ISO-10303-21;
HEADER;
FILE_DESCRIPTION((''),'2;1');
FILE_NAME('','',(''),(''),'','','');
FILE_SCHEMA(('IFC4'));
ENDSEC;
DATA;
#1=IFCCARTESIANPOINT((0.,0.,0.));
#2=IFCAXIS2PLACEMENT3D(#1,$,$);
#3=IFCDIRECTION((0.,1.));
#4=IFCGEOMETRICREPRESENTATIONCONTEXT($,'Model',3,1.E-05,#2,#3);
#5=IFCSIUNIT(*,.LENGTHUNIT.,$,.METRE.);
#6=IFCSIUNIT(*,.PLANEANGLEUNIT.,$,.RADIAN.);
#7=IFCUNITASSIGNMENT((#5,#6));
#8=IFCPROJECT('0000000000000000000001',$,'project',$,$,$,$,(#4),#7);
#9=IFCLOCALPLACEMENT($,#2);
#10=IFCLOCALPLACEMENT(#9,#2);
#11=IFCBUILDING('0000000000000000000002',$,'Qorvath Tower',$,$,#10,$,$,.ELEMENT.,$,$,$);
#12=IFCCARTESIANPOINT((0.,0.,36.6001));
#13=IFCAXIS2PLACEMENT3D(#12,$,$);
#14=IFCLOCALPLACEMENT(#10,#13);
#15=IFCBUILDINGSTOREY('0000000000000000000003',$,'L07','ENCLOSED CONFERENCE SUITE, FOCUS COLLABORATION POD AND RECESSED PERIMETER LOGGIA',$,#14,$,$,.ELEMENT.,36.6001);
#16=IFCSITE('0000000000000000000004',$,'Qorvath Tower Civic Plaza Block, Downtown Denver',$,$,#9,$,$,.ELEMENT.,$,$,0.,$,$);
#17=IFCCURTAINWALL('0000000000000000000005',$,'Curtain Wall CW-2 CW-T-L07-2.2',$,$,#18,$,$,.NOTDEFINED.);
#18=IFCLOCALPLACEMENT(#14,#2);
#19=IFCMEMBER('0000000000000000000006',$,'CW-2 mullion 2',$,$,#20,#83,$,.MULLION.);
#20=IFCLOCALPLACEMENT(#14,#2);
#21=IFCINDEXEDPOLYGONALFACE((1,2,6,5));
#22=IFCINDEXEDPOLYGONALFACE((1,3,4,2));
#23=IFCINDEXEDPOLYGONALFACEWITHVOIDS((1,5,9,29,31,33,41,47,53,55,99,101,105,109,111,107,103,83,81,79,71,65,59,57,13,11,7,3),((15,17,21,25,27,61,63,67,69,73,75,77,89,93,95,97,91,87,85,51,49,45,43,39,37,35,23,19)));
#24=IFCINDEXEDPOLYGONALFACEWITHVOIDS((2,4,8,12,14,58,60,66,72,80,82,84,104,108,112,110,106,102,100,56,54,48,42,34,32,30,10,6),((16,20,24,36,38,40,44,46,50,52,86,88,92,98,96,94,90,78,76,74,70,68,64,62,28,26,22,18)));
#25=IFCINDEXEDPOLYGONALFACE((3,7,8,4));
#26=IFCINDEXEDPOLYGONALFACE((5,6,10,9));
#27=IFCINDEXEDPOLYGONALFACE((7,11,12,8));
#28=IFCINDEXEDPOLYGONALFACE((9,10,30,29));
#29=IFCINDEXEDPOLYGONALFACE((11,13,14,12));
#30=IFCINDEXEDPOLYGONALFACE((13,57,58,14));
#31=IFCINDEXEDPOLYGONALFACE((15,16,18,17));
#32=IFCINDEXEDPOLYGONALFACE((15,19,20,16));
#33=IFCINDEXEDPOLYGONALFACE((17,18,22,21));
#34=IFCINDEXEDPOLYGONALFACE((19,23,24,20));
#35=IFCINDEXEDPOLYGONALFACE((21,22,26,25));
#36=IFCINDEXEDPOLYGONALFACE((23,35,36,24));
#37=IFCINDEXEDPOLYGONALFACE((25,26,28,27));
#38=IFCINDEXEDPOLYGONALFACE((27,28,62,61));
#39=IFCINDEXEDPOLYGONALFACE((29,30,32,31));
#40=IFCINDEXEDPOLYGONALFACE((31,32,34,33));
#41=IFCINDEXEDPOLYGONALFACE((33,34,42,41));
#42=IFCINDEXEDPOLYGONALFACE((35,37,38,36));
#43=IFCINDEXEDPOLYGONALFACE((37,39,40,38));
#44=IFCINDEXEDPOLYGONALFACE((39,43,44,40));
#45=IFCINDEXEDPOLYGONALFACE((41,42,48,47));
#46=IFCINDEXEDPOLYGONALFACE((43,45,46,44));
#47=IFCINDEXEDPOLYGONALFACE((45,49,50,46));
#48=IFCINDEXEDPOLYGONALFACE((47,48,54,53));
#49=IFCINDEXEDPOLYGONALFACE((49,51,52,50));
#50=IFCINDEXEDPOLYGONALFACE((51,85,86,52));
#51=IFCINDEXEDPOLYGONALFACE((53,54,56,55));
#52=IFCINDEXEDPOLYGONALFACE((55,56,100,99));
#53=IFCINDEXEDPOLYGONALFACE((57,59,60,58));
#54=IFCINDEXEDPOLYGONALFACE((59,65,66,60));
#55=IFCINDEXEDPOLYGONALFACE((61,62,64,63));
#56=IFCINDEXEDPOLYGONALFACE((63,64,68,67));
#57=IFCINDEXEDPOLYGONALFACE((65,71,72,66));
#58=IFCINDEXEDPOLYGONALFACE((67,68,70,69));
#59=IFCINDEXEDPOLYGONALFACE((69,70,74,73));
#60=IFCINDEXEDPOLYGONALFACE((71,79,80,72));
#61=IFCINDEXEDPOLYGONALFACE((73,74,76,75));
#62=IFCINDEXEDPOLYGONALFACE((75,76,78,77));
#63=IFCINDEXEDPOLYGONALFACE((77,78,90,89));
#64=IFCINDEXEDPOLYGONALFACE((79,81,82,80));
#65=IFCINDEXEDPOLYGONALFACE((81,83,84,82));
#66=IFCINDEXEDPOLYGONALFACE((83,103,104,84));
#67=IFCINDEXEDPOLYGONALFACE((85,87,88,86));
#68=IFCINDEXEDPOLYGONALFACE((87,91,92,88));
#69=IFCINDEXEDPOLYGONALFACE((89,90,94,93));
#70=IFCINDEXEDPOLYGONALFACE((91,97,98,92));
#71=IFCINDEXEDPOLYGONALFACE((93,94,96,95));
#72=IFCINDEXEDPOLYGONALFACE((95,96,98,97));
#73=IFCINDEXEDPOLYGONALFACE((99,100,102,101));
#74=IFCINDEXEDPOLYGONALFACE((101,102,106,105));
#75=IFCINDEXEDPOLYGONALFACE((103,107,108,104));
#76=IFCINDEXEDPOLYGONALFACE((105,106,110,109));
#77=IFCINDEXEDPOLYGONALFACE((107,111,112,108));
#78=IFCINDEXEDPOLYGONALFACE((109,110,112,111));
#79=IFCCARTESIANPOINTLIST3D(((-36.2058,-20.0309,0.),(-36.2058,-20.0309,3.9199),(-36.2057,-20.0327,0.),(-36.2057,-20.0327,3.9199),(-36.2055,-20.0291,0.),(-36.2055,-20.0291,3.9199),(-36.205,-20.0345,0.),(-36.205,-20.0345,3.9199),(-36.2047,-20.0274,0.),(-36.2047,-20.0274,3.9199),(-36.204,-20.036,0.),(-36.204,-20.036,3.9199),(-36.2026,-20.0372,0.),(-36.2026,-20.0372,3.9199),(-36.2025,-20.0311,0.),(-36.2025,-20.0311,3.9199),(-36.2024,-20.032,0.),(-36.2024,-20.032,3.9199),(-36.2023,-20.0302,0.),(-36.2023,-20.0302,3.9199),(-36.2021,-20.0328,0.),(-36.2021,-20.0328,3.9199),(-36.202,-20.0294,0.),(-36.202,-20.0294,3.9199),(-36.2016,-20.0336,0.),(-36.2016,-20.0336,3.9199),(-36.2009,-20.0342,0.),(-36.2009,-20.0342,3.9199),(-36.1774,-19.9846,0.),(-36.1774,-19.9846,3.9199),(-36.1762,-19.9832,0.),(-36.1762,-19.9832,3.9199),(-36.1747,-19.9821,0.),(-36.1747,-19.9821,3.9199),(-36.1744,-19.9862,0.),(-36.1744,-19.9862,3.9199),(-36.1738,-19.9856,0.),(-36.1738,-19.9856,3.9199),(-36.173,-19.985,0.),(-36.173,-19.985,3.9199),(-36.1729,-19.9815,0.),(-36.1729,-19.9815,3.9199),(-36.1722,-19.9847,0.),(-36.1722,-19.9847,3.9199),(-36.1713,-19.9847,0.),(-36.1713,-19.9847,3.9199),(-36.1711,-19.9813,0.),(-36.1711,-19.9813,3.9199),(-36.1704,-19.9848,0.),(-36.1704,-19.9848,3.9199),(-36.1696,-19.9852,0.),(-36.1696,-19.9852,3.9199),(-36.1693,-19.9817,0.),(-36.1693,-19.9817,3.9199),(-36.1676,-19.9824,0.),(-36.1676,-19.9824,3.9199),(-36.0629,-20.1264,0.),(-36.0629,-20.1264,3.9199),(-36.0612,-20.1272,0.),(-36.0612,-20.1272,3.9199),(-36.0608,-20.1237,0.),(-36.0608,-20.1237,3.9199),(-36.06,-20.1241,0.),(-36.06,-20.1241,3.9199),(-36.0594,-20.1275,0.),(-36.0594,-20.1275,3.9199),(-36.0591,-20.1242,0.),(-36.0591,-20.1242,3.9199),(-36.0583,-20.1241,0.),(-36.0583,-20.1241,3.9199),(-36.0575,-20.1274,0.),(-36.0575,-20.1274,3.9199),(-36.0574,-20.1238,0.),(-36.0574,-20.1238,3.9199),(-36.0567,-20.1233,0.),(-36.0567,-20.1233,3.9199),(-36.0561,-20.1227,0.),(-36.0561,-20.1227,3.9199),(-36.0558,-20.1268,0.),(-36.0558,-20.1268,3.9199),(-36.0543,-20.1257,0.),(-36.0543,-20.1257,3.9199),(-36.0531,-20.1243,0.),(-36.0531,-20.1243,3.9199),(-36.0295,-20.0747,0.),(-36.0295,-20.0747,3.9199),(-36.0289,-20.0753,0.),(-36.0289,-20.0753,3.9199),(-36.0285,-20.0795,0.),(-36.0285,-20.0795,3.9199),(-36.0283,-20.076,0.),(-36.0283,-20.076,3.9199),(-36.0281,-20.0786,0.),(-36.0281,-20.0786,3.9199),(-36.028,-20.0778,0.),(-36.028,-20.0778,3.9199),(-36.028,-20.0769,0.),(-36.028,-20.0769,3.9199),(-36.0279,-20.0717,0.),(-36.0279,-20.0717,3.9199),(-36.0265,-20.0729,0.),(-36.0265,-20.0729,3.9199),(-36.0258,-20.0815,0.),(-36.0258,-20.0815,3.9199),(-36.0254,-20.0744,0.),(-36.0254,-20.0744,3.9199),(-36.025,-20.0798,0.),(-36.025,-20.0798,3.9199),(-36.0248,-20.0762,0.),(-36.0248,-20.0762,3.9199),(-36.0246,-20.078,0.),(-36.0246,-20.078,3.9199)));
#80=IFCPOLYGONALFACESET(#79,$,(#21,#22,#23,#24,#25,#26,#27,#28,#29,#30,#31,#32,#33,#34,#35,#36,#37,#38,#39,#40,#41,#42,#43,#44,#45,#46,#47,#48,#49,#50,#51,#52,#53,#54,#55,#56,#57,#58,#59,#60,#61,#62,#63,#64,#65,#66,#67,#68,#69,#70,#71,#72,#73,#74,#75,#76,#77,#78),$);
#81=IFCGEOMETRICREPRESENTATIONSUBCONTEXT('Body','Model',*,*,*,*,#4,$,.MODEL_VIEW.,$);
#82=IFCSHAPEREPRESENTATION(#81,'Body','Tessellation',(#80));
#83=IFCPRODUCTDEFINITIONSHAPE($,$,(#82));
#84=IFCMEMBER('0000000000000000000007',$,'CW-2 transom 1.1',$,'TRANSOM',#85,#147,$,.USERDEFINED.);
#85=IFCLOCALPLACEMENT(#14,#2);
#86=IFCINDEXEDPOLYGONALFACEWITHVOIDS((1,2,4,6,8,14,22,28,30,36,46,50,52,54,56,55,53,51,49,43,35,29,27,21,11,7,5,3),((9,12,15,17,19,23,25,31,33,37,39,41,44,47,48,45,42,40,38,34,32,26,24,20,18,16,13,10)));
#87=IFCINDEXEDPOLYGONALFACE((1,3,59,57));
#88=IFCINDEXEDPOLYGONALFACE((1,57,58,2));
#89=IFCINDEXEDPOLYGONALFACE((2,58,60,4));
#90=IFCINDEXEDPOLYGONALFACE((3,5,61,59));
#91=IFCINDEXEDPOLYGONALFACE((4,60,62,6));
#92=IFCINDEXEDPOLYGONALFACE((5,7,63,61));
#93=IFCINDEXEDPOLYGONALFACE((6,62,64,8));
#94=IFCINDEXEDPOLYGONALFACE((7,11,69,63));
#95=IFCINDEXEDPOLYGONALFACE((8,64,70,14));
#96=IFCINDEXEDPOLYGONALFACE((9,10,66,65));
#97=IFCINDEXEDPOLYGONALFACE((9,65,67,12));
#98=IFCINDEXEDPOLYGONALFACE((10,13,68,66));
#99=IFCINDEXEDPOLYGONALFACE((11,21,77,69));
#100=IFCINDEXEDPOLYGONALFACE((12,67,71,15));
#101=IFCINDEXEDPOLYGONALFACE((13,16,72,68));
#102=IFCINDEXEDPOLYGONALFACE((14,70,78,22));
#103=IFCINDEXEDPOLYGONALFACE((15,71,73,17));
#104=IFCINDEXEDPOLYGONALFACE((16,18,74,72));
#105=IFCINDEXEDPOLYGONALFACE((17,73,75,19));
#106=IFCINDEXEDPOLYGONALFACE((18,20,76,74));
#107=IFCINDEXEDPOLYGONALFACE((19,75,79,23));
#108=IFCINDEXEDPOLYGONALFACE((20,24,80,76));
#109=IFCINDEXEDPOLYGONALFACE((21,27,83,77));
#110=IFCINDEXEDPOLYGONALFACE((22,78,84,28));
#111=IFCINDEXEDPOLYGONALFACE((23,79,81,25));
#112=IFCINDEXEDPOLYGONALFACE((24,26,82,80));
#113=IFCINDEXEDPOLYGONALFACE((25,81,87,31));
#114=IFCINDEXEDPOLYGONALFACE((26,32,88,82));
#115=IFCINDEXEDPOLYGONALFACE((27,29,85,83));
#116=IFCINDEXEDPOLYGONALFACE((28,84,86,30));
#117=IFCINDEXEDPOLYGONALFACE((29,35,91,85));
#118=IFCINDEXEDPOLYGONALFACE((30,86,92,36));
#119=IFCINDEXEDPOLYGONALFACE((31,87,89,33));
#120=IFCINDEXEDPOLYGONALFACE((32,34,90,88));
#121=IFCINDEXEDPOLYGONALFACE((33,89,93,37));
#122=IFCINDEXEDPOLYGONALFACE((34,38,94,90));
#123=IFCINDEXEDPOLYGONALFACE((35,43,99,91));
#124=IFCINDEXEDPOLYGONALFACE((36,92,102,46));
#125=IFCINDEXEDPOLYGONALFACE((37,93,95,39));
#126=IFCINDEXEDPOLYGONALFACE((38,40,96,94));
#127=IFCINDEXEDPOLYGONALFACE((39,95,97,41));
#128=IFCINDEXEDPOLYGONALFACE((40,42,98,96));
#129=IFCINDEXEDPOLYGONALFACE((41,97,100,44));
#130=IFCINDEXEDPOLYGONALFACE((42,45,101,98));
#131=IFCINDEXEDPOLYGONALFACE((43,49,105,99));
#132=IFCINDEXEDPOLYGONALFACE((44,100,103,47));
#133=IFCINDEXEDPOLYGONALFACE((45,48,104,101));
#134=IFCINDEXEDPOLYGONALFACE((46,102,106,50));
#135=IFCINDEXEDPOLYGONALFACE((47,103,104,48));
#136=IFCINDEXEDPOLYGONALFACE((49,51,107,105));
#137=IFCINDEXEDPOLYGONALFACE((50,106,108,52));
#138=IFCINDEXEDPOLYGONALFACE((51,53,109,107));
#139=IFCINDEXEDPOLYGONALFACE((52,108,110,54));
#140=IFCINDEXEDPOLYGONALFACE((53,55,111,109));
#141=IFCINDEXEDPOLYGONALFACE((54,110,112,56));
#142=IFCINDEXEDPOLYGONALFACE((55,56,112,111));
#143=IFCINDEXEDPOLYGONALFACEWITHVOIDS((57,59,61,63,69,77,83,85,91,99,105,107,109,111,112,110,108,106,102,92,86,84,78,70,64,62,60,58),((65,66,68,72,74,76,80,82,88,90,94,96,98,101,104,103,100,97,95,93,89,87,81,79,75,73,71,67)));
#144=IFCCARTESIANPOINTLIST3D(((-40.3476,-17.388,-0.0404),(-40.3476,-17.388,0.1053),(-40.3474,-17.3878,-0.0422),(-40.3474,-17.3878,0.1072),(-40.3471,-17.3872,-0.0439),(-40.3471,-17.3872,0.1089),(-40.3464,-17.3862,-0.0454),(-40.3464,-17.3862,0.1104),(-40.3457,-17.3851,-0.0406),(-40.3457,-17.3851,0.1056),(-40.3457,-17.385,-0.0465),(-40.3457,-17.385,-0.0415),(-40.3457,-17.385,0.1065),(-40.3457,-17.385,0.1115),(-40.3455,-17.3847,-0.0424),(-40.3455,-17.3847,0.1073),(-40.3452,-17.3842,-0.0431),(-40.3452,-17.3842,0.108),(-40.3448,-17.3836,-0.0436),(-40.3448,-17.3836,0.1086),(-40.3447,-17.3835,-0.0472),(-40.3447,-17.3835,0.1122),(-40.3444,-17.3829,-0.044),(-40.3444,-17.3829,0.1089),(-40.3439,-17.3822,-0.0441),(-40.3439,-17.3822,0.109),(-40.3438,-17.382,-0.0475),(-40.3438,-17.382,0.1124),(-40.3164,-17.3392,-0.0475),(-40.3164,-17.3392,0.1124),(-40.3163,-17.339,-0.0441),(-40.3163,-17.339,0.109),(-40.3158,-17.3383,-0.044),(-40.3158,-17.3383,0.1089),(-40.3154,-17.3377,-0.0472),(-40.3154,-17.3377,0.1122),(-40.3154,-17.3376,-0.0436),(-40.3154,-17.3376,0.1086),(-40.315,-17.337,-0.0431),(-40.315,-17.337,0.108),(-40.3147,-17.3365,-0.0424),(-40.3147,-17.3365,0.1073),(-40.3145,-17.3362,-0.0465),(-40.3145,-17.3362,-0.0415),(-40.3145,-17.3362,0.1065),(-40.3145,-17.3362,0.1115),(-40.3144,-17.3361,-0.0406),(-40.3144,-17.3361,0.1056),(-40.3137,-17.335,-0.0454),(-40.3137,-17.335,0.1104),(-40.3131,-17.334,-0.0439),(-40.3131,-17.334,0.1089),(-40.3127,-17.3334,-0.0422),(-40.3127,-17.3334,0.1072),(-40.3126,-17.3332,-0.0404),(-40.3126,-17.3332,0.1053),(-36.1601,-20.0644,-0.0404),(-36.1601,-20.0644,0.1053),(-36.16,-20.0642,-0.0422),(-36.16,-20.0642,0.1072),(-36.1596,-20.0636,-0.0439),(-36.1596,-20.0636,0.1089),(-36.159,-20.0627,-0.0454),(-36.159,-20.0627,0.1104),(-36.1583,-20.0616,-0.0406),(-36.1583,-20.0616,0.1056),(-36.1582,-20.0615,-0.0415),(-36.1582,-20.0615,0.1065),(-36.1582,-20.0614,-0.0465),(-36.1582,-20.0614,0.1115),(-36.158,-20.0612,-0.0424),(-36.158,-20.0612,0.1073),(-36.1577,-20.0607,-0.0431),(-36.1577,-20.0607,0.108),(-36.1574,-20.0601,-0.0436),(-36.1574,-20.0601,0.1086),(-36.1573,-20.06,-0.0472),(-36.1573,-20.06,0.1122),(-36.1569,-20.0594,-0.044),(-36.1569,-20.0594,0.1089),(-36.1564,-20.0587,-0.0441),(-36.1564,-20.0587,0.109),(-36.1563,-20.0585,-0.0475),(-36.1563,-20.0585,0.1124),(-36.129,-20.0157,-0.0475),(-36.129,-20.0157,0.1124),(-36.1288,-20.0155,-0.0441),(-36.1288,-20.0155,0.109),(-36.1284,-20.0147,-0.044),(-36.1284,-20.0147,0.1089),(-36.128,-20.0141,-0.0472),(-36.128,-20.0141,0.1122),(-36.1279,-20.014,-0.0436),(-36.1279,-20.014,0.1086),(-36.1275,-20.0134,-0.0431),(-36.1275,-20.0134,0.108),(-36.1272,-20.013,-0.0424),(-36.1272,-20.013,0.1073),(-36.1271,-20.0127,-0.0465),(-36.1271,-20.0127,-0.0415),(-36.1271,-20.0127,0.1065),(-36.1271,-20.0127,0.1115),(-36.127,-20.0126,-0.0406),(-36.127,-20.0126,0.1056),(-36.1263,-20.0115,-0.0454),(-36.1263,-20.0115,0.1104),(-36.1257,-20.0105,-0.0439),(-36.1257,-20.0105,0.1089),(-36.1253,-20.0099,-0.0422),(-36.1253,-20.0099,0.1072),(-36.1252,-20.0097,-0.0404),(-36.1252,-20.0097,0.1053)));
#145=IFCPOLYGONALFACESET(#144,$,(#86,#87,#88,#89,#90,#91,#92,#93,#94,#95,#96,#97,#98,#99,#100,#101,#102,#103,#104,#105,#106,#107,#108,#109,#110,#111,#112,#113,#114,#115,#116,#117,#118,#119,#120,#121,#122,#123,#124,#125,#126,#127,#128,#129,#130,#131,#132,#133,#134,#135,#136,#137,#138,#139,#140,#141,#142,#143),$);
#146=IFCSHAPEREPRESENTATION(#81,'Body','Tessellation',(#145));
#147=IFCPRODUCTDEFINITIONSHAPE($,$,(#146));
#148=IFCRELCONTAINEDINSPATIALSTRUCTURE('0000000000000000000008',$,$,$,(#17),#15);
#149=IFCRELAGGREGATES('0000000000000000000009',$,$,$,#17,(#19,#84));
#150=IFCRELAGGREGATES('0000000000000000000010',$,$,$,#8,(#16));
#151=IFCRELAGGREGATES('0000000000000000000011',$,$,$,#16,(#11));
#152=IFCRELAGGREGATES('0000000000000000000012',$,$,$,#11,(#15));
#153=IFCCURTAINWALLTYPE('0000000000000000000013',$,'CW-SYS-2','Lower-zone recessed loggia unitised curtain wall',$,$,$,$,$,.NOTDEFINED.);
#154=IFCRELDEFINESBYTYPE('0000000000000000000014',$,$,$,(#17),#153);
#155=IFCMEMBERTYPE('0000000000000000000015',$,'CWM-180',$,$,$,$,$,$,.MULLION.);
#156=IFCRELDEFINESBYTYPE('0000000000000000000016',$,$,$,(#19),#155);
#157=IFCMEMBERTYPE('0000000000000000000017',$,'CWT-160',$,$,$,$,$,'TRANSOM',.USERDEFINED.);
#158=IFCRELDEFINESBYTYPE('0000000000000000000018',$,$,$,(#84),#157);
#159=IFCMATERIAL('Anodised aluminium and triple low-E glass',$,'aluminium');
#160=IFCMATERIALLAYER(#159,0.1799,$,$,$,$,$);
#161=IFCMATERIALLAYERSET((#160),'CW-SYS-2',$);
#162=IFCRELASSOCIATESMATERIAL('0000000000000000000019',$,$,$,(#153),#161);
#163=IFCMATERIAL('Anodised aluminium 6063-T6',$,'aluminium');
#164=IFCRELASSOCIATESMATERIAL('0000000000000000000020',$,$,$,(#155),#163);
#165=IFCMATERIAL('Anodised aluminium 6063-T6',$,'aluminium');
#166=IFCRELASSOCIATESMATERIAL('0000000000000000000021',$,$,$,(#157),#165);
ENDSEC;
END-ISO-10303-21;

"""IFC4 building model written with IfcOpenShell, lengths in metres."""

from ifc_helpers import new_model, si_unit, direction, frame, origin, origin_2d, place, context, subcontext, project, spatial, hollow_rectangle, extrude, material, layer, layer_set, material_profile, profile_set, type_object, element, aggregate, save


model = new_model("IFC4")

# Units and contexts
model_context = context("Model", 3, precision=1e-05, world=origin(), true_north=direction((0.0, 1.0)))
body_context = subcontext(model_context, "Body", "Model", "MODEL_VIEW")
ifc_project = project(units=[si_unit("LENGTHUNIT", "METRE"), si_unit("PLANEANGLEUNIT", "RADIAN")], contexts=[model_context])

# Site, building, storey
site_placement = place(None, origin())
site = spatial("IfcSite", under=ifc_project, at=site_placement, Name="Qorvath Tower Civic Plaza Block, Downtown Denver", CompositionType="ELEMENT", RefElevation=0.0)
building_placement = place(site_placement, origin())
building = spatial("IfcBuilding", under=site, at=building_placement, Name="Qorvath Tower", CompositionType="ELEMENT")
storey_placement = place(building_placement, frame((0.0, 0.0, 36.6001)))
storey = spatial("IfcBuildingStorey", under=building, at=storey_placement, Name="L07", Description="ENCLOSED CONFERENCE SUITE, FOCUS COLLABORATION POD AND RECESSED PERIMETER LOGGIA", CompositionType="ELEMENT", Elevation=36.6001)

# Shared definitions
ifc_material_1 = material(Name="Anodised aluminium and triple low-E glass", Category="aluminium")
ifc_layer_1 = layer(ifc_material_1, 0.1799)
ifc_layer_set_1 = layer_set([ifc_layer_1], Name="CW-SYS-2")
curtain_wall_type = type_object("IfcCurtainWallType", Name="CW-SYS-2", Description="Lower-zone recessed loggia unitised curtain wall", PredefinedType="NOTDEFINED", material=ifc_layer_set_1)
ifc_material_2 = material(Name="Anodised aluminium 6063-T6", Category="aluminium")
ifc_material_profile_1 = material_profile(ifc_material_2, hollow_rectangle(XDim=0.0649, YDim=0.1799, WallThickness=0.0034, InnerFilletRadius=0.0034, OuterFilletRadius=0.0071, at=origin_2d()), Name="CWM 180x65")
ifc_profile_set_1 = profile_set([ifc_material_profile_1], Name="Anodised aluminium 6063-T6")
member_type_1 = type_object("IfcMemberType", Name="CWM-180", PredefinedType="MULLION", material=ifc_profile_set_1)

# Curtain wall, members
curtain_wall_1_placement = place(storey_placement, origin())
curtain_wall_1 = element("IfcCurtainWall", 1, at=curtain_wall_1_placement, inside=storey, type_object=curtain_wall_type, Name="Curtain Wall CW-2 CW-T-L07-2.2", PredefinedType="NOTDEFINED")
member_1_placement = place(storey_placement, frame((-36.1152, -20.0544, 0.0), z_axis=(0.0, 0.0, 1.0), x_axis=(0.538533, 0.842605, 0.0)))
member_1 = element("IfcMember", 2, at=member_1_placement, type_object=member_type_1, Name="CW-2 mullion 2", PredefinedType="MULLION", context=body_context, shape_type="SweptSolid", body=[
    extrude(hollow_rectangle(XDim=0.0649, YDim=0.1799, WallThickness=0.0034, InnerFilletRadius=0.0034, OuterFilletRadius=0.0071, at=origin_2d()), origin(), (0.0, 0.0, 1.0), 3.9199),
])
ifc_material_3 = material(Name="Anodised aluminium 6063-T6", Category="aluminium")
ifc_material_profile_2 = material_profile(ifc_material_3, hollow_rectangle(XDim=0.0649, YDim=0.1599, WallThickness=0.0034, InnerFilletRadius=0.0034, OuterFilletRadius=0.0071, at=origin_2d()), Name="CWT 160x65")
ifc_profile_set_2 = profile_set([ifc_material_profile_2], Name="Anodised aluminium 6063-T6")
member_type_2 = type_object("IfcMemberType", Name="CWT-160", ElementType="TRANSOM", PredefinedType="USERDEFINED", material=ifc_profile_set_2)
member_2_placement = place(storey_placement, frame((-40.3301, -17.3606, 0.0325), z_axis=(0.84259, -0.538556, 0.0), x_axis=(0.538556, 0.84259, 0.0)))
member_2 = element("IfcMember", 3, at=member_2_placement, type_object=member_type_2, Name="CW-2 transom 1.1", ObjectType="TRANSOM", PredefinedType="USERDEFINED", context=body_context, shape_type="SweptSolid", body=[
    extrude(hollow_rectangle(XDim=0.0649, YDim=0.1599, WallThickness=0.0034, InnerFilletRadius=0.0034, OuterFilletRadius=0.0071, at=origin_2d()), origin(), (0.0, 0.0, 1.0), 4.9697),
])
aggregate(curtain_wall_1, [member_1, member_2])

save(model, "model.ifc")
